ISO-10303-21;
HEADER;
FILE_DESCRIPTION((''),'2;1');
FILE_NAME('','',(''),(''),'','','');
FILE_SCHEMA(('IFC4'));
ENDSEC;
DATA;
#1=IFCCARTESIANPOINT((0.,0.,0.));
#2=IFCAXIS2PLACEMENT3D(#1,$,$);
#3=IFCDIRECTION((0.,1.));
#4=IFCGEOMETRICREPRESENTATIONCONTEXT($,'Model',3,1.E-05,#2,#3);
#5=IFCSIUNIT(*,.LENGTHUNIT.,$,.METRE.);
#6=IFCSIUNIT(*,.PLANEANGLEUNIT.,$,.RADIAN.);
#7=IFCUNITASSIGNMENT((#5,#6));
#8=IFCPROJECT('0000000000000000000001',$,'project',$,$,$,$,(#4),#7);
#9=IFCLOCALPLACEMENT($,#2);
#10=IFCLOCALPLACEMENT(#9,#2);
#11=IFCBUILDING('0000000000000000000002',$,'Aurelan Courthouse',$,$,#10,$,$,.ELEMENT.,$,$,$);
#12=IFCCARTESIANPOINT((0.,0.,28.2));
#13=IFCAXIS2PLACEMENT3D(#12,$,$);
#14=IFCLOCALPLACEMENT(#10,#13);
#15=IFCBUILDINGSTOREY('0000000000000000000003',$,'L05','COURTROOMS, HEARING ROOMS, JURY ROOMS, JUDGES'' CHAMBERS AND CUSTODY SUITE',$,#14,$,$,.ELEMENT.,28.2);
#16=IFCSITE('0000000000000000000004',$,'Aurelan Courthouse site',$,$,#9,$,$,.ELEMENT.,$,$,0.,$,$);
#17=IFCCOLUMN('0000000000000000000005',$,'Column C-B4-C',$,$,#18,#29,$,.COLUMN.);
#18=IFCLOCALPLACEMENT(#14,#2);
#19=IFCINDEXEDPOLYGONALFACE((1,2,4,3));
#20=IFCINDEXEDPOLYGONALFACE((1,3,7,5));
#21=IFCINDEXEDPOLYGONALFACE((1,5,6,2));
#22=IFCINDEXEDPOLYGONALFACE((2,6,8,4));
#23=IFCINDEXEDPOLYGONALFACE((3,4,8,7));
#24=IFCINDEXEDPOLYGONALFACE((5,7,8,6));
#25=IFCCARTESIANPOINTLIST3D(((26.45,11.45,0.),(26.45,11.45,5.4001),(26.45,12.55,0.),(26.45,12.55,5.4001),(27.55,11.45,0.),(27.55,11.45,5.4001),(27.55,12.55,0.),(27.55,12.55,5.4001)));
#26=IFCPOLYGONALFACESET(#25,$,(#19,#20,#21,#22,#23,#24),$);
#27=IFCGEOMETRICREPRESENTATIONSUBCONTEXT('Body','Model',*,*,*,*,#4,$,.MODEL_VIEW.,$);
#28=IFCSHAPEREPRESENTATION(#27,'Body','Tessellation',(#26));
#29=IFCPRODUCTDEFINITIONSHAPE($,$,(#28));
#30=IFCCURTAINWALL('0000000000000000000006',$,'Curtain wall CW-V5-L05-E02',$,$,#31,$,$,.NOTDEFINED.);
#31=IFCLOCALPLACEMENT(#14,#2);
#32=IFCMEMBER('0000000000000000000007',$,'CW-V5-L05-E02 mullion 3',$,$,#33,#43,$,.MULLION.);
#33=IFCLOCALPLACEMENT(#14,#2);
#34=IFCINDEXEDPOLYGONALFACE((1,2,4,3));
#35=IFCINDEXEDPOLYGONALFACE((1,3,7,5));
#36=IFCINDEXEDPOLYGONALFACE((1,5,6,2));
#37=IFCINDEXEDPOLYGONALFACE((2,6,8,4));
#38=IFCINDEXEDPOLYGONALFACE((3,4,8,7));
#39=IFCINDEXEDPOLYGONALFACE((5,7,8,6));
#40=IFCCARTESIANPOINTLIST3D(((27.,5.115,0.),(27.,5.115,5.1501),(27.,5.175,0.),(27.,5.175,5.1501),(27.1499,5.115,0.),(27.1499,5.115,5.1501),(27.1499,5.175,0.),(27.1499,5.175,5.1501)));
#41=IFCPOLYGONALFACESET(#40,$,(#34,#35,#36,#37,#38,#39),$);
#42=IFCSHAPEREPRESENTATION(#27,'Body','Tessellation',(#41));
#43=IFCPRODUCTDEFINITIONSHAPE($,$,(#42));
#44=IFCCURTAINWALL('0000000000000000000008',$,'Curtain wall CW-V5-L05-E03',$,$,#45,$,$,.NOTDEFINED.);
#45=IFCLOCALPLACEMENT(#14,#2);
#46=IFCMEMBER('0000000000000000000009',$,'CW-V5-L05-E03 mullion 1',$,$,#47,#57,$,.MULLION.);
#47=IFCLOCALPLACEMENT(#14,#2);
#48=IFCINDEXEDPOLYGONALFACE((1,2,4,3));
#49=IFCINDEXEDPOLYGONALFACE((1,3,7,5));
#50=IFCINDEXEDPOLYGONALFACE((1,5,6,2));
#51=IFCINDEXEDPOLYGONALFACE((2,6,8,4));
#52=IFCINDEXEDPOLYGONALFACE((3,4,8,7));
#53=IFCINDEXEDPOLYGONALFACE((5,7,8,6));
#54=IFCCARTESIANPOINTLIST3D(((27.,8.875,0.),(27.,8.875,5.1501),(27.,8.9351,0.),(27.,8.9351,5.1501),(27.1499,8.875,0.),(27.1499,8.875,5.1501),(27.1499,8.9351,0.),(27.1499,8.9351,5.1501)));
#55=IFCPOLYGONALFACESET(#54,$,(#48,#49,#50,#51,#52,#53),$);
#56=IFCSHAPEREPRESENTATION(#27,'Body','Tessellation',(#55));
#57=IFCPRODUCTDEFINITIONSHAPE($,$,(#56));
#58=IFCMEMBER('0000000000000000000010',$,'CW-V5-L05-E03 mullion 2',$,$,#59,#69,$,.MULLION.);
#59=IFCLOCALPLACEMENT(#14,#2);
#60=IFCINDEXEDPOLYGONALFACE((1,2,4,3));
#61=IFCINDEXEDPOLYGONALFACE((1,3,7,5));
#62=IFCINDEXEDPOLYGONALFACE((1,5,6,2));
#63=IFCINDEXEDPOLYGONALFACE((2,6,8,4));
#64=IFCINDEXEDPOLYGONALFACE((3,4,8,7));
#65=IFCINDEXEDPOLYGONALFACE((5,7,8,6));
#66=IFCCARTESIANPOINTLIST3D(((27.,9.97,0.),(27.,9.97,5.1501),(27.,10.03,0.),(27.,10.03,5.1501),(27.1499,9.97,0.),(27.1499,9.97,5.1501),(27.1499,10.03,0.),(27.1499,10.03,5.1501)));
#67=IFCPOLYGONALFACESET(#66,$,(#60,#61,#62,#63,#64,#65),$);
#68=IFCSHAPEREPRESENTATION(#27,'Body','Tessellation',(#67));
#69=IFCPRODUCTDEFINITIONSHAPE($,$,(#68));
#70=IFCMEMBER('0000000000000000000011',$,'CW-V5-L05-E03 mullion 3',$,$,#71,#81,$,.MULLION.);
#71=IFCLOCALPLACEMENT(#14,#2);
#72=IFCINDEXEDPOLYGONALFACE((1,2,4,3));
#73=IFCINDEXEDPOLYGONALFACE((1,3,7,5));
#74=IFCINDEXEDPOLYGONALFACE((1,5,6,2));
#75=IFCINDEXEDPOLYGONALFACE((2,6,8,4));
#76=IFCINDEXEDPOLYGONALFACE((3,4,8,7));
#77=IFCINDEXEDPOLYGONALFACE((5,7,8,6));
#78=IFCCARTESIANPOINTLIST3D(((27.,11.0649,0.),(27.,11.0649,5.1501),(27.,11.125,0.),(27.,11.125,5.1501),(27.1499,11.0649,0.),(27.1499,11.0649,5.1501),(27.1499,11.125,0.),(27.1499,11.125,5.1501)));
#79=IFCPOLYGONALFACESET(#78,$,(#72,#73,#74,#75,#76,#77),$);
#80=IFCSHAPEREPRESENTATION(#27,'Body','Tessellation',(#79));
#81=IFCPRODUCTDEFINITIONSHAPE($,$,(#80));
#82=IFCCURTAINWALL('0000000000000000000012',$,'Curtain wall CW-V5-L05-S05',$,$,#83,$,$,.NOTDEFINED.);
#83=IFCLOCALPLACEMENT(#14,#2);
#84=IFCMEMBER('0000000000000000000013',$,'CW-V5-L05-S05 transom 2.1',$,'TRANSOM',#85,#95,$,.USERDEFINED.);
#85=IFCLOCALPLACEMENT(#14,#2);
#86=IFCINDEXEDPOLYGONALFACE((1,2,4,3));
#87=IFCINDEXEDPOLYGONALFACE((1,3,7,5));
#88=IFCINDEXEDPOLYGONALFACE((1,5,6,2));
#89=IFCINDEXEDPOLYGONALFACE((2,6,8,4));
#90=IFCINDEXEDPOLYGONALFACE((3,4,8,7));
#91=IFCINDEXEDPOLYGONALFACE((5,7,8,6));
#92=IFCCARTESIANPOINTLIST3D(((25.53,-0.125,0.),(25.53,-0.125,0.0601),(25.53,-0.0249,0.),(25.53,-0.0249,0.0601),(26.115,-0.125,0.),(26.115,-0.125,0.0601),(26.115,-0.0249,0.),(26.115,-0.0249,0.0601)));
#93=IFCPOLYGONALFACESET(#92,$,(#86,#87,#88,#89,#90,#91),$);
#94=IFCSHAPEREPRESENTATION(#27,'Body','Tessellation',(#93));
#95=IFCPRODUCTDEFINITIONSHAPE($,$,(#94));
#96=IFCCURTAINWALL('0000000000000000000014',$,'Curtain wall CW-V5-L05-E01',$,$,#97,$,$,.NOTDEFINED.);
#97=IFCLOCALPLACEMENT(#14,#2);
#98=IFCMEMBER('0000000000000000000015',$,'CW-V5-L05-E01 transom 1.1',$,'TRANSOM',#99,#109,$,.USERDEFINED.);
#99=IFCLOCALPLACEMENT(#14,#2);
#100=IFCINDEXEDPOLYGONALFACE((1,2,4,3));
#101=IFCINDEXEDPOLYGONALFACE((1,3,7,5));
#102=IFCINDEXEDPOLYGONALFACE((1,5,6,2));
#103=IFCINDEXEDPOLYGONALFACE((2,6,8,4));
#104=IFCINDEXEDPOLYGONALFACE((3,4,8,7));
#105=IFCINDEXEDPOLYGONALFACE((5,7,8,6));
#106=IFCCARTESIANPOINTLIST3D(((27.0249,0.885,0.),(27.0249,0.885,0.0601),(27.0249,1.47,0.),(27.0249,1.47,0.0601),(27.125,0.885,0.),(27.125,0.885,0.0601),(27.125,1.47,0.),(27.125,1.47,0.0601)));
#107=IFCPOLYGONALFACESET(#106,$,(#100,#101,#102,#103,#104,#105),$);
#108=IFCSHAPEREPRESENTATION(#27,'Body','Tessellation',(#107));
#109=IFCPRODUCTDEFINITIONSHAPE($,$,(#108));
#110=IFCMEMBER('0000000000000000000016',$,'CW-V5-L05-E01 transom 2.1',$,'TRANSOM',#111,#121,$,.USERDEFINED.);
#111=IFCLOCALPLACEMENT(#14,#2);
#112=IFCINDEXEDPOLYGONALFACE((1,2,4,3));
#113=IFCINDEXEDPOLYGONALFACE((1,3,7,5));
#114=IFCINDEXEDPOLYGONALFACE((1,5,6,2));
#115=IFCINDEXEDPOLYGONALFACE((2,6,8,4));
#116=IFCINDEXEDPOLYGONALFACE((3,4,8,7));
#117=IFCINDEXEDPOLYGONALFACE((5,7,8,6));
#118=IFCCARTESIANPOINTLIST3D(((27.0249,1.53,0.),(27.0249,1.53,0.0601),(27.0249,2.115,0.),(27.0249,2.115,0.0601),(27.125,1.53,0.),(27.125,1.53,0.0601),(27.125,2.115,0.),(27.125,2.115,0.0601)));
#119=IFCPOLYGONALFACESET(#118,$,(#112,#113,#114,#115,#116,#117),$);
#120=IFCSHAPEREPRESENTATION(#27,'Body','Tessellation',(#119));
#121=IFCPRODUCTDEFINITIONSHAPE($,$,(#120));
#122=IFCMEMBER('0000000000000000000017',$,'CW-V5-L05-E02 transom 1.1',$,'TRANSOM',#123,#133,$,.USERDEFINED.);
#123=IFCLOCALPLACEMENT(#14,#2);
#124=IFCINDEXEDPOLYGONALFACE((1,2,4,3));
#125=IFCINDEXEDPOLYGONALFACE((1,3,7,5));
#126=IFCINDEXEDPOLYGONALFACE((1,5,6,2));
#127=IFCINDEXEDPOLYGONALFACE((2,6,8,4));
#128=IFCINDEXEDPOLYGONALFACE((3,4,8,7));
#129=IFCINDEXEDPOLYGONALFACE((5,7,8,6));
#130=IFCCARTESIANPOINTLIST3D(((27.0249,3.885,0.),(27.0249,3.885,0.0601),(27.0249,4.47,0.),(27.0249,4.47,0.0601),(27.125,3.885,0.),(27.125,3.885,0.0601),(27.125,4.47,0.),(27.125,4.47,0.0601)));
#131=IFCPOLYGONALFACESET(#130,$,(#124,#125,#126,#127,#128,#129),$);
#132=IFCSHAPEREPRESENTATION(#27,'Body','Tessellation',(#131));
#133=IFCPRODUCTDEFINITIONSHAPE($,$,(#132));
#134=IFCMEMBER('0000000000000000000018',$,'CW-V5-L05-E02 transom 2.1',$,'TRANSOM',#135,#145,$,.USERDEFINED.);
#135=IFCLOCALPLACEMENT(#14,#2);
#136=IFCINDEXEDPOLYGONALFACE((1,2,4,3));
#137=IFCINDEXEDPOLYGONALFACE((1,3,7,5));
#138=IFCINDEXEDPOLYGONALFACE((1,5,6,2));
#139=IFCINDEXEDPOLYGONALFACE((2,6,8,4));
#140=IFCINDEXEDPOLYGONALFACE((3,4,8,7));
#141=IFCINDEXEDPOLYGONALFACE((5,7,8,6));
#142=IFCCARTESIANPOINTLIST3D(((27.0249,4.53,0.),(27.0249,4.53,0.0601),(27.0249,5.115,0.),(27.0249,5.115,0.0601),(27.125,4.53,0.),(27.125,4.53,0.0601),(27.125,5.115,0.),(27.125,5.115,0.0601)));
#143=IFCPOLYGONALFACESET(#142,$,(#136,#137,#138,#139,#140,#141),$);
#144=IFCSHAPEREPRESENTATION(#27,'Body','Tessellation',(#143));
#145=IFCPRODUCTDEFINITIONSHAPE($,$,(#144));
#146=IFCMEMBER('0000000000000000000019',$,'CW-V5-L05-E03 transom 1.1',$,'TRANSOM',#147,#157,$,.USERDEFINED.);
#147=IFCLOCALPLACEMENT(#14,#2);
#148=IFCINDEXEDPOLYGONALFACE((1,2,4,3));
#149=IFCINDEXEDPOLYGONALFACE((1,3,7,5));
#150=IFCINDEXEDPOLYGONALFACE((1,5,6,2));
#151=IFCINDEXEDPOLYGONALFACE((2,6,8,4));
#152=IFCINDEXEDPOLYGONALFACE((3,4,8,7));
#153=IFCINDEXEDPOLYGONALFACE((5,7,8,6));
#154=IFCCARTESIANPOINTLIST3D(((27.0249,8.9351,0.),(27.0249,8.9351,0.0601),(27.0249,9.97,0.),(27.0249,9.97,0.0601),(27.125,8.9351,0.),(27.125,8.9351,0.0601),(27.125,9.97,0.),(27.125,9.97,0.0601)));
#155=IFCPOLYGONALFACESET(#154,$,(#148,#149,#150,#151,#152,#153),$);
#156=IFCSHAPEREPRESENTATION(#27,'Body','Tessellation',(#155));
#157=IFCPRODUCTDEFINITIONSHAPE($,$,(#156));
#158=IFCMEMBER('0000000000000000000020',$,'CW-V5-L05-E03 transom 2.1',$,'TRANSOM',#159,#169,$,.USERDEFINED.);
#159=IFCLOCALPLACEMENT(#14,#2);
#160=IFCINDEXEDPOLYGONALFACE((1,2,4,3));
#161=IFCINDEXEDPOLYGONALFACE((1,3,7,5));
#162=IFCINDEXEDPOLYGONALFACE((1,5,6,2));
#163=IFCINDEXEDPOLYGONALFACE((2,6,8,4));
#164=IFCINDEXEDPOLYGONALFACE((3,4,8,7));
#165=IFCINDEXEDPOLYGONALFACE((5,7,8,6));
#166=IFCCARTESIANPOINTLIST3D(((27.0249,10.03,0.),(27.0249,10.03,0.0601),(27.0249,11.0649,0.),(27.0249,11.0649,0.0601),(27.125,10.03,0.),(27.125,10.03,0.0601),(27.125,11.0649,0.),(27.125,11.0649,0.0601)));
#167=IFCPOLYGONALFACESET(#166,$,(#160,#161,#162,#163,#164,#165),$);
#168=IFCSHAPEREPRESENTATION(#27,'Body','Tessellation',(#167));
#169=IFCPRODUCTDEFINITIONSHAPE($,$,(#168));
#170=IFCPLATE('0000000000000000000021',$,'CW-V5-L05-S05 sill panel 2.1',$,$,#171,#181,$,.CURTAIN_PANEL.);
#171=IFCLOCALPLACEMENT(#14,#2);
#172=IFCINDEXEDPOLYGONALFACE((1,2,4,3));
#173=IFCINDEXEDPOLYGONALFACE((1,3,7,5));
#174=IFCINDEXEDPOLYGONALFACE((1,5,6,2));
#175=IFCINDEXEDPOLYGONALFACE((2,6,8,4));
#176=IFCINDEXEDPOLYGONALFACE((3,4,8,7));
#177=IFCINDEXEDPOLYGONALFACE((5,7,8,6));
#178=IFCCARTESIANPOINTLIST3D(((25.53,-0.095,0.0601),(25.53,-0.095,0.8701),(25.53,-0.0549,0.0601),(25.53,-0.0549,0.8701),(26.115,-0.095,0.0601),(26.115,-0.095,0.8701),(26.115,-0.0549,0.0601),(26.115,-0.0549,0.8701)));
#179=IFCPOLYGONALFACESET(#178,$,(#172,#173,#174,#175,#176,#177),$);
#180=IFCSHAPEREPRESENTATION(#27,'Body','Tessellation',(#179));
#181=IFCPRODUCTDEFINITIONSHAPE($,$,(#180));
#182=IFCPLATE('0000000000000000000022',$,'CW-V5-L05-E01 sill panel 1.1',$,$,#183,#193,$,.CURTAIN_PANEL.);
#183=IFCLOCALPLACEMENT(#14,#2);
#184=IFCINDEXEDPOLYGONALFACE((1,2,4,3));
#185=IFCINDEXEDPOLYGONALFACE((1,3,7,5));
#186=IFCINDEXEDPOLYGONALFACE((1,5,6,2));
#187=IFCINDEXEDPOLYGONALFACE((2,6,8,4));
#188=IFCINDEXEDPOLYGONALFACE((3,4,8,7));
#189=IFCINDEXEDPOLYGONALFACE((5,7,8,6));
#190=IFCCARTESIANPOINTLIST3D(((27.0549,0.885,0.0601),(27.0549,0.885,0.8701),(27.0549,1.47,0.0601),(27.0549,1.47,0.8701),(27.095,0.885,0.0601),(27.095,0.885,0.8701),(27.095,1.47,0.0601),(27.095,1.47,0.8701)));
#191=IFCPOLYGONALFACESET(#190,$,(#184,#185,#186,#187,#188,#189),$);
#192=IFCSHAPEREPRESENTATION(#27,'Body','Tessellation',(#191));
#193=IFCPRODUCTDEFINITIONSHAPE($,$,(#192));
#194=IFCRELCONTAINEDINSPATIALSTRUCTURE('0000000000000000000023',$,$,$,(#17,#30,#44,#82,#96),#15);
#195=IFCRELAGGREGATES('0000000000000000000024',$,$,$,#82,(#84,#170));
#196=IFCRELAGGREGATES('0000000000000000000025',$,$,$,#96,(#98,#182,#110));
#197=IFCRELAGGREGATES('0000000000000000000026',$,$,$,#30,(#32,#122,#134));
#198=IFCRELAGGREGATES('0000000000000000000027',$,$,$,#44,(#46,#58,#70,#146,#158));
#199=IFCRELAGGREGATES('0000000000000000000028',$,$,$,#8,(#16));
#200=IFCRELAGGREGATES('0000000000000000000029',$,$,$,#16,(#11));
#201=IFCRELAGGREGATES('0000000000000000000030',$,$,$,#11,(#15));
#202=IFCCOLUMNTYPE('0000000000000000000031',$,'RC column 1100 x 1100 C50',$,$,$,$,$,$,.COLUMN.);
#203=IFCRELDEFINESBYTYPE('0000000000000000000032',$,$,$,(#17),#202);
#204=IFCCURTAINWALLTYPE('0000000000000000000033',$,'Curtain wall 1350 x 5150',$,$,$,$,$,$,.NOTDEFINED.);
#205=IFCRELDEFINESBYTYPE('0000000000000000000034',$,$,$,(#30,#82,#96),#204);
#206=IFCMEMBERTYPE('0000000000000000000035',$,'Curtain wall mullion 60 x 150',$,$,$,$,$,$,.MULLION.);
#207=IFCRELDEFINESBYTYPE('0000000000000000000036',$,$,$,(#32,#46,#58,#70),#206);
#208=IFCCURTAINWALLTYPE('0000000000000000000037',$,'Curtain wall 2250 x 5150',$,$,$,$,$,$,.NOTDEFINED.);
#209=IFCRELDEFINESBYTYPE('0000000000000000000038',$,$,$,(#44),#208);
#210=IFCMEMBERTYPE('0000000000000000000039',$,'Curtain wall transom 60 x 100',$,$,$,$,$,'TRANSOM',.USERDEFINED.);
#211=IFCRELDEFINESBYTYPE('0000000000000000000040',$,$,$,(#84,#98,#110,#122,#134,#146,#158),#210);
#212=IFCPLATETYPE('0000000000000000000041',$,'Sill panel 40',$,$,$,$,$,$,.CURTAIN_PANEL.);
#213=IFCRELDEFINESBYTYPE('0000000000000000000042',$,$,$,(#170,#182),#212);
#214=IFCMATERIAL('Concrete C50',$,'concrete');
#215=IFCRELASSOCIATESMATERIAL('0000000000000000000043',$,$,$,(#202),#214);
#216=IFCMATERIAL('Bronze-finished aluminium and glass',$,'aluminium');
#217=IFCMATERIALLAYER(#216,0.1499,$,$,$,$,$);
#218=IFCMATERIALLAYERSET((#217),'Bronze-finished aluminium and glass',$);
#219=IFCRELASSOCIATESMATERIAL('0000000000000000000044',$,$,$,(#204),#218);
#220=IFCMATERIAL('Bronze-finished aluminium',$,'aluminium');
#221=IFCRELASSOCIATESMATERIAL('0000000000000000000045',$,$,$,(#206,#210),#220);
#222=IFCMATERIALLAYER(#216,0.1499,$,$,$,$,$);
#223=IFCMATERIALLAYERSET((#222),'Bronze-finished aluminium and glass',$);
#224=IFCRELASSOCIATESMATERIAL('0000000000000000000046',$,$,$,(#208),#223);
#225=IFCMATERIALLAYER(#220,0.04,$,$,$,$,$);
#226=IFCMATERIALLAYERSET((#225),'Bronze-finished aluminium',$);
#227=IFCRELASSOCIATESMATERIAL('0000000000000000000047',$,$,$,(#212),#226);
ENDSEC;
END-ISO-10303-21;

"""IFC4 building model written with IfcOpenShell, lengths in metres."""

from ifc_helpers import new_model, si_unit, direction, frame, origin, origin_2d, place, context, subcontext, project, spatial, rectangle, extrude, material, layer, layer_set, material_profile, profile_set, type_object, element, aggregate, save


model = new_model("IFC4")

# Units and contexts
model_context = context("Model", 3, precision=1e-05, world=origin(), true_north=direction((0.0, 1.0)))
body_context = subcontext(model_context, "Body", "Model", "MODEL_VIEW")
ifc_project = project(units=[si_unit("LENGTHUNIT", "METRE"), si_unit("PLANEANGLEUNIT", "RADIAN")], contexts=[model_context])

# Site, building, storey
site_placement = place(None, origin())
site = spatial("IfcSite", under=ifc_project, at=site_placement, Name="Aurelan Courthouse site", CompositionType="ELEMENT", RefElevation=0.0)
building_placement = place(site_placement, origin())
building = spatial("IfcBuilding", under=site, at=building_placement, Name="Aurelan Courthouse", CompositionType="ELEMENT")
storey_placement = place(building_placement, frame((0.0, 0.0, 28.2)))
storey = spatial("IfcBuildingStorey", under=building, at=storey_placement, Name="L05", Description="COURTROOMS, HEARING ROOMS, JURY ROOMS, JUDGES' CHAMBERS AND CUSTODY SUITE", CompositionType="ELEMENT", Elevation=28.2)

# Column
ifc_material_1 = material(Name="Concrete C50", Category="concrete")
ifc_material_profile_1 = material_profile(ifc_material_1, rectangle(XDim=1.1001, YDim=1.1001, at=origin_2d()), Name="RC 1100 x 1100")
ifc_profile_set_1 = profile_set([ifc_material_profile_1], Name="Concrete C50")
column_type = type_object("IfcColumnType", Name="RC column 1100 x 1100 C50", PredefinedType="COLUMN", material=ifc_profile_set_1)
column_placement = place(storey_placement, frame((27.0, 12.0, 0.0), z_axis=(0.0, 0.0, 1.0), x_axis=(1.0, 0.0, 0.0)))
element("IfcColumn", 1, at=column_placement, inside=storey, type_object=column_type, Name="Column C-B4-C", PredefinedType="COLUMN", context=body_context, shape_type="SweptSolid", body=[
    extrude(rectangle(XDim=1.1001, YDim=1.1001, at=origin_2d()), origin(), (0.0, 0.0, 1.0), 5.4001),
])

# Curtain wall, member
ifc_material_2 = material(Name="Bronze-finished aluminium and glass", Category="aluminium")
ifc_layer_1 = layer(ifc_material_2, 0.1499)
ifc_layer_set_1 = layer_set([ifc_layer_1], Name="Bronze-finished aluminium and glass")
curtain_wall_type_1 = type_object("IfcCurtainWallType", Name="Curtain wall 1350 x 5150", PredefinedType="NOTDEFINED", material=ifc_layer_set_1)
curtain_wall_1_placement = place(storey_placement, origin())
curtain_wall_1 = element("IfcCurtainWall", 2, at=curtain_wall_1_placement, inside=storey, type_object=curtain_wall_type_1, Name="Curtain wall CW-V5-L05-E02", PredefinedType="NOTDEFINED")
ifc_material_3 = material(Name="Bronze-finished aluminium", Category="aluminium")
ifc_material_profile_2 = material_profile(ifc_material_3, rectangle(XDim=0.1499, YDim=0.0601, at=origin_2d()), Name="Bronze mullion 60 x 150")
ifc_profile_set_2 = profile_set([ifc_material_profile_2], Name="Bronze-finished aluminium")
member_type_1 = type_object("IfcMemberType", Name="Curtain wall mullion 60 x 150", PredefinedType="MULLION", material=ifc_profile_set_2)
member_1_placement = place(storey_placement, frame((27.075, 5.145, 0.0), z_axis=(0.0, 0.0, 1.0), x_axis=(-1.0, 0.0, 0.0)))
member_1 = element("IfcMember", 3, at=member_1_placement, type_object=member_type_1, Name="CW-V5-L05-E02 mullion 3", PredefinedType="MULLION", context=body_context, shape_type="SweptSolid", body=[
    extrude(rectangle(XDim=0.1499, YDim=0.0601, at=origin_2d()), origin(), (0.0, 0.0, 1.0), 5.1501),
])

# Curtain wall, members
ifc_layer_2 = layer(ifc_material_2, 0.1499)
ifc_layer_set_2 = layer_set([ifc_layer_2], Name="Bronze-finished aluminium and glass")
curtain_wall_type_2 = type_object("IfcCurtainWallType", Name="Curtain wall 2250 x 5150", PredefinedType="NOTDEFINED", material=ifc_layer_set_2)
curtain_wall_2_placement = place(storey_placement, origin())
curtain_wall_2 = element("IfcCurtainWall", 4, at=curtain_wall_2_placement, inside=storey, type_object=curtain_wall_type_2, Name="Curtain wall CW-V5-L05-E03", PredefinedType="NOTDEFINED")
member_2_placement = place(storey_placement, frame((27.075, 8.905, 0.0), z_axis=(0.0, 0.0, 1.0), x_axis=(-1.0, 0.0, 0.0)))
member_2 = element("IfcMember", 5, at=member_2_placement, type_object=member_type_1, Name="CW-V5-L05-E03 mullion 1", PredefinedType="MULLION", context=body_context, shape_type="SweptSolid", body=[
    extrude(rectangle(XDim=0.1499, YDim=0.0601, at=origin_2d()), origin(), (0.0, 0.0, 1.0), 5.1501),
])
member_3_placement = place(storey_placement, frame((27.075, 10.0, 0.0), z_axis=(0.0, 0.0, 1.0), x_axis=(-1.0, 0.0, 0.0)))
member_3 = element("IfcMember", 6, at=member_3_placement, type_object=member_type_1, Name="CW-V5-L05-E03 mullion 2", PredefinedType="MULLION", context=body_context, shape_type="SweptSolid", body=[
    extrude(rectangle(XDim=0.1499, YDim=0.0601, at=origin_2d()), origin(), (0.0, 0.0, 1.0), 5.1501),
])
member_4_placement = place(storey_placement, frame((27.075, 11.095, 0.0), z_axis=(0.0, 0.0, 1.0), x_axis=(-1.0, 0.0, 0.0)))
member_4 = element("IfcMember", 7, at=member_4_placement, type_object=member_type_1, Name="CW-V5-L05-E03 mullion 3", PredefinedType="MULLION", context=body_context, shape_type="SweptSolid", body=[
    extrude(rectangle(XDim=0.1499, YDim=0.0601, at=origin_2d()), origin(), (0.0, 0.0, 1.0), 5.1501),
])

# Curtain wall, member
curtain_wall_3_placement = place(storey_placement, origin())
curtain_wall_3 = element("IfcCurtainWall", 8, at=curtain_wall_3_placement, inside=storey, type_object=curtain_wall_type_1, Name="Curtain wall CW-V5-L05-S05", PredefinedType="NOTDEFINED")
ifc_material_profile_3 = material_profile(ifc_material_3, rectangle(XDim=0.1001, YDim=0.0601, at=origin_2d()), Name="Bronze transom 60 x 100")
ifc_profile_set_3 = profile_set([ifc_material_profile_3], Name="Bronze-finished aluminium")
member_type_2 = type_object("IfcMemberType", Name="Curtain wall transom 60 x 100", ElementType="TRANSOM", PredefinedType="USERDEFINED", material=ifc_profile_set_3)
member_5_placement = place(storey_placement, frame((25.53, -0.075, 0.03), z_axis=(1.0, 0.0, 0.0), x_axis=(0.0, 1.0, 0.0)))
member_5 = element("IfcMember", 9, at=member_5_placement, type_object=member_type_2, Name="CW-V5-L05-S05 transom 2.1", ObjectType="TRANSOM", PredefinedType="USERDEFINED", context=body_context, shape_type="SweptSolid", body=[
    extrude(rectangle(XDim=0.1001, YDim=0.0601, at=origin_2d()), origin(), (0.0, 0.0, 1.0), 0.585),
])

# Curtain wall, members
curtain_wall_4_placement = place(storey_placement, origin())
curtain_wall_4 = element("IfcCurtainWall", 10, at=curtain_wall_4_placement, inside=storey, type_object=curtain_wall_type_1, Name="Curtain wall CW-V5-L05-E01", PredefinedType="NOTDEFINED")
member_6_placement = place(storey_placement, frame((27.075, 0.885, 0.03), z_axis=(0.0, 1.0, 0.0), x_axis=(-1.0, 0.0, 0.0)))
member_6 = element("IfcMember", 11, at=member_6_placement, type_object=member_type_2, Name="CW-V5-L05-E01 transom 1.1", ObjectType="TRANSOM", PredefinedType="USERDEFINED", context=body_context, shape_type="SweptSolid", body=[
    extrude(rectangle(XDim=0.1001, YDim=0.0601, at=origin_2d()), origin(), (0.0, 0.0, 1.0), 0.585),
])
member_7_placement = place(storey_placement, frame((27.075, 1.53, 0.03), z_axis=(0.0, 1.0, 0.0), x_axis=(-1.0, 0.0, 0.0)))
member_7 = element("IfcMember", 12, at=member_7_placement, type_object=member_type_2, Name="CW-V5-L05-E01 transom 2.1", ObjectType="TRANSOM", PredefinedType="USERDEFINED", context=body_context, shape_type="SweptSolid", body=[
    extrude(rectangle(XDim=0.1001, YDim=0.0601, at=origin_2d()), origin(), (0.0, 0.0, 1.0), 0.585),
])

# Members
member_8_placement = place(storey_placement, frame((27.075, 3.885, 0.03), z_axis=(0.0, 1.0, 0.0), x_axis=(-1.0, 0.0, 0.0)))
member_8 = element("IfcMember", 13, at=member_8_placement, type_object=member_type_2, Name="CW-V5-L05-E02 transom 1.1", ObjectType="TRANSOM", PredefinedType="USERDEFINED", context=body_context, shape_type="SweptSolid", body=[
    extrude(rectangle(XDim=0.1001, YDim=0.0601, at=origin_2d()), origin(), (0.0, 0.0, 1.0), 0.585),
])
member_9_placement = place(storey_placement, frame((27.075, 4.53, 0.03), z_axis=(0.0, 1.0, 0.0), x_axis=(-1.0, 0.0, 0.0)))
member_9 = element("IfcMember", 14, at=member_9_placement, type_object=member_type_2, Name="CW-V5-L05-E02 transom 2.1", ObjectType="TRANSOM", PredefinedType="USERDEFINED", context=body_context, shape_type="SweptSolid", body=[
    extrude(rectangle(XDim=0.1001, YDim=0.0601, at=origin_2d()), origin(), (0.0, 0.0, 1.0), 0.585),
])
member_10_placement = place(storey_placement, frame((27.075, 8.9351, 0.03), z_axis=(0.0, 1.0, 0.0), x_axis=(-1.0, 0.0, 0.0)))
member_10 = element("IfcMember", 15, at=member_10_placement, type_object=member_type_2, Name="CW-V5-L05-E03 transom 1.1", ObjectType="TRANSOM", PredefinedType="USERDEFINED", context=body_context, shape_type="SweptSolid", body=[
    extrude(rectangle(XDim=0.1001, YDim=0.0601, at=origin_2d()), origin(), (0.0, 0.0, 1.0), 1.0349),
])
member_11_placement = place(storey_placement, frame((27.075, 10.03, 0.03), z_axis=(0.0, 1.0, 0.0), x_axis=(-1.0, 0.0, 0.0)))
member_11 = element("IfcMember", 16, at=member_11_placement, type_object=member_type_2, Name="CW-V5-L05-E03 transom 2.1", ObjectType="TRANSOM", PredefinedType="USERDEFINED", context=body_context, shape_type="SweptSolid", body=[
    extrude(rectangle(XDim=0.1001, YDim=0.0601, at=origin_2d()), origin(), (0.0, 0.0, 1.0), 1.0349),
])

# Plates
ifc_layer_3 = layer(ifc_material_3, 0.04)
ifc_layer_set_3 = layer_set([ifc_layer_3], Name="Bronze-finished aluminium")
plate_type = type_object("IfcPlateType", Name="Sill panel 40", PredefinedType="CURTAIN_PANEL", material=ifc_layer_set_3)
plate_1_placement = place(storey_placement, frame((25.8225, -0.075, 0.0601), z_axis=(0.0, 0.0, 1.0), x_axis=(1.0, 0.0, 0.0)))
plate_1 = element("IfcPlate", 17, at=plate_1_placement, type_object=plate_type, Name="CW-V5-L05-S05 sill panel 2.1", PredefinedType="CURTAIN_PANEL", context=body_context, shape_type="SweptSolid", body=[
    extrude(rectangle(XDim=0.585, YDim=0.04, at=origin_2d()), origin(), (0.0, 0.0, 1.0), 0.8101),
])
aggregate(curtain_wall_3, [member_5, plate_1])
plate_2_placement = place(storey_placement, frame((27.075, 1.1775, 0.0601), z_axis=(0.0, 0.0, 1.0), x_axis=(0.0, 1.0, 0.0)))
plate_2 = element("IfcPlate", 18, at=plate_2_placement, type_object=plate_type, Name="CW-V5-L05-E01 sill panel 1.1", PredefinedType="CURTAIN_PANEL", context=body_context, shape_type="SweptSolid", body=[
    extrude(rectangle(XDim=0.585, YDim=0.04, at=origin_2d()), origin(), (0.0, 0.0, 1.0), 0.8101),
])
aggregate(curtain_wall_4, [member_6, plate_2, member_7])
aggregate(curtain_wall_1, [member_1, member_8, member_9])
aggregate(curtain_wall_2, [member_2, member_3, member_4, member_10, member_11])

save(model, "model.ifc")
